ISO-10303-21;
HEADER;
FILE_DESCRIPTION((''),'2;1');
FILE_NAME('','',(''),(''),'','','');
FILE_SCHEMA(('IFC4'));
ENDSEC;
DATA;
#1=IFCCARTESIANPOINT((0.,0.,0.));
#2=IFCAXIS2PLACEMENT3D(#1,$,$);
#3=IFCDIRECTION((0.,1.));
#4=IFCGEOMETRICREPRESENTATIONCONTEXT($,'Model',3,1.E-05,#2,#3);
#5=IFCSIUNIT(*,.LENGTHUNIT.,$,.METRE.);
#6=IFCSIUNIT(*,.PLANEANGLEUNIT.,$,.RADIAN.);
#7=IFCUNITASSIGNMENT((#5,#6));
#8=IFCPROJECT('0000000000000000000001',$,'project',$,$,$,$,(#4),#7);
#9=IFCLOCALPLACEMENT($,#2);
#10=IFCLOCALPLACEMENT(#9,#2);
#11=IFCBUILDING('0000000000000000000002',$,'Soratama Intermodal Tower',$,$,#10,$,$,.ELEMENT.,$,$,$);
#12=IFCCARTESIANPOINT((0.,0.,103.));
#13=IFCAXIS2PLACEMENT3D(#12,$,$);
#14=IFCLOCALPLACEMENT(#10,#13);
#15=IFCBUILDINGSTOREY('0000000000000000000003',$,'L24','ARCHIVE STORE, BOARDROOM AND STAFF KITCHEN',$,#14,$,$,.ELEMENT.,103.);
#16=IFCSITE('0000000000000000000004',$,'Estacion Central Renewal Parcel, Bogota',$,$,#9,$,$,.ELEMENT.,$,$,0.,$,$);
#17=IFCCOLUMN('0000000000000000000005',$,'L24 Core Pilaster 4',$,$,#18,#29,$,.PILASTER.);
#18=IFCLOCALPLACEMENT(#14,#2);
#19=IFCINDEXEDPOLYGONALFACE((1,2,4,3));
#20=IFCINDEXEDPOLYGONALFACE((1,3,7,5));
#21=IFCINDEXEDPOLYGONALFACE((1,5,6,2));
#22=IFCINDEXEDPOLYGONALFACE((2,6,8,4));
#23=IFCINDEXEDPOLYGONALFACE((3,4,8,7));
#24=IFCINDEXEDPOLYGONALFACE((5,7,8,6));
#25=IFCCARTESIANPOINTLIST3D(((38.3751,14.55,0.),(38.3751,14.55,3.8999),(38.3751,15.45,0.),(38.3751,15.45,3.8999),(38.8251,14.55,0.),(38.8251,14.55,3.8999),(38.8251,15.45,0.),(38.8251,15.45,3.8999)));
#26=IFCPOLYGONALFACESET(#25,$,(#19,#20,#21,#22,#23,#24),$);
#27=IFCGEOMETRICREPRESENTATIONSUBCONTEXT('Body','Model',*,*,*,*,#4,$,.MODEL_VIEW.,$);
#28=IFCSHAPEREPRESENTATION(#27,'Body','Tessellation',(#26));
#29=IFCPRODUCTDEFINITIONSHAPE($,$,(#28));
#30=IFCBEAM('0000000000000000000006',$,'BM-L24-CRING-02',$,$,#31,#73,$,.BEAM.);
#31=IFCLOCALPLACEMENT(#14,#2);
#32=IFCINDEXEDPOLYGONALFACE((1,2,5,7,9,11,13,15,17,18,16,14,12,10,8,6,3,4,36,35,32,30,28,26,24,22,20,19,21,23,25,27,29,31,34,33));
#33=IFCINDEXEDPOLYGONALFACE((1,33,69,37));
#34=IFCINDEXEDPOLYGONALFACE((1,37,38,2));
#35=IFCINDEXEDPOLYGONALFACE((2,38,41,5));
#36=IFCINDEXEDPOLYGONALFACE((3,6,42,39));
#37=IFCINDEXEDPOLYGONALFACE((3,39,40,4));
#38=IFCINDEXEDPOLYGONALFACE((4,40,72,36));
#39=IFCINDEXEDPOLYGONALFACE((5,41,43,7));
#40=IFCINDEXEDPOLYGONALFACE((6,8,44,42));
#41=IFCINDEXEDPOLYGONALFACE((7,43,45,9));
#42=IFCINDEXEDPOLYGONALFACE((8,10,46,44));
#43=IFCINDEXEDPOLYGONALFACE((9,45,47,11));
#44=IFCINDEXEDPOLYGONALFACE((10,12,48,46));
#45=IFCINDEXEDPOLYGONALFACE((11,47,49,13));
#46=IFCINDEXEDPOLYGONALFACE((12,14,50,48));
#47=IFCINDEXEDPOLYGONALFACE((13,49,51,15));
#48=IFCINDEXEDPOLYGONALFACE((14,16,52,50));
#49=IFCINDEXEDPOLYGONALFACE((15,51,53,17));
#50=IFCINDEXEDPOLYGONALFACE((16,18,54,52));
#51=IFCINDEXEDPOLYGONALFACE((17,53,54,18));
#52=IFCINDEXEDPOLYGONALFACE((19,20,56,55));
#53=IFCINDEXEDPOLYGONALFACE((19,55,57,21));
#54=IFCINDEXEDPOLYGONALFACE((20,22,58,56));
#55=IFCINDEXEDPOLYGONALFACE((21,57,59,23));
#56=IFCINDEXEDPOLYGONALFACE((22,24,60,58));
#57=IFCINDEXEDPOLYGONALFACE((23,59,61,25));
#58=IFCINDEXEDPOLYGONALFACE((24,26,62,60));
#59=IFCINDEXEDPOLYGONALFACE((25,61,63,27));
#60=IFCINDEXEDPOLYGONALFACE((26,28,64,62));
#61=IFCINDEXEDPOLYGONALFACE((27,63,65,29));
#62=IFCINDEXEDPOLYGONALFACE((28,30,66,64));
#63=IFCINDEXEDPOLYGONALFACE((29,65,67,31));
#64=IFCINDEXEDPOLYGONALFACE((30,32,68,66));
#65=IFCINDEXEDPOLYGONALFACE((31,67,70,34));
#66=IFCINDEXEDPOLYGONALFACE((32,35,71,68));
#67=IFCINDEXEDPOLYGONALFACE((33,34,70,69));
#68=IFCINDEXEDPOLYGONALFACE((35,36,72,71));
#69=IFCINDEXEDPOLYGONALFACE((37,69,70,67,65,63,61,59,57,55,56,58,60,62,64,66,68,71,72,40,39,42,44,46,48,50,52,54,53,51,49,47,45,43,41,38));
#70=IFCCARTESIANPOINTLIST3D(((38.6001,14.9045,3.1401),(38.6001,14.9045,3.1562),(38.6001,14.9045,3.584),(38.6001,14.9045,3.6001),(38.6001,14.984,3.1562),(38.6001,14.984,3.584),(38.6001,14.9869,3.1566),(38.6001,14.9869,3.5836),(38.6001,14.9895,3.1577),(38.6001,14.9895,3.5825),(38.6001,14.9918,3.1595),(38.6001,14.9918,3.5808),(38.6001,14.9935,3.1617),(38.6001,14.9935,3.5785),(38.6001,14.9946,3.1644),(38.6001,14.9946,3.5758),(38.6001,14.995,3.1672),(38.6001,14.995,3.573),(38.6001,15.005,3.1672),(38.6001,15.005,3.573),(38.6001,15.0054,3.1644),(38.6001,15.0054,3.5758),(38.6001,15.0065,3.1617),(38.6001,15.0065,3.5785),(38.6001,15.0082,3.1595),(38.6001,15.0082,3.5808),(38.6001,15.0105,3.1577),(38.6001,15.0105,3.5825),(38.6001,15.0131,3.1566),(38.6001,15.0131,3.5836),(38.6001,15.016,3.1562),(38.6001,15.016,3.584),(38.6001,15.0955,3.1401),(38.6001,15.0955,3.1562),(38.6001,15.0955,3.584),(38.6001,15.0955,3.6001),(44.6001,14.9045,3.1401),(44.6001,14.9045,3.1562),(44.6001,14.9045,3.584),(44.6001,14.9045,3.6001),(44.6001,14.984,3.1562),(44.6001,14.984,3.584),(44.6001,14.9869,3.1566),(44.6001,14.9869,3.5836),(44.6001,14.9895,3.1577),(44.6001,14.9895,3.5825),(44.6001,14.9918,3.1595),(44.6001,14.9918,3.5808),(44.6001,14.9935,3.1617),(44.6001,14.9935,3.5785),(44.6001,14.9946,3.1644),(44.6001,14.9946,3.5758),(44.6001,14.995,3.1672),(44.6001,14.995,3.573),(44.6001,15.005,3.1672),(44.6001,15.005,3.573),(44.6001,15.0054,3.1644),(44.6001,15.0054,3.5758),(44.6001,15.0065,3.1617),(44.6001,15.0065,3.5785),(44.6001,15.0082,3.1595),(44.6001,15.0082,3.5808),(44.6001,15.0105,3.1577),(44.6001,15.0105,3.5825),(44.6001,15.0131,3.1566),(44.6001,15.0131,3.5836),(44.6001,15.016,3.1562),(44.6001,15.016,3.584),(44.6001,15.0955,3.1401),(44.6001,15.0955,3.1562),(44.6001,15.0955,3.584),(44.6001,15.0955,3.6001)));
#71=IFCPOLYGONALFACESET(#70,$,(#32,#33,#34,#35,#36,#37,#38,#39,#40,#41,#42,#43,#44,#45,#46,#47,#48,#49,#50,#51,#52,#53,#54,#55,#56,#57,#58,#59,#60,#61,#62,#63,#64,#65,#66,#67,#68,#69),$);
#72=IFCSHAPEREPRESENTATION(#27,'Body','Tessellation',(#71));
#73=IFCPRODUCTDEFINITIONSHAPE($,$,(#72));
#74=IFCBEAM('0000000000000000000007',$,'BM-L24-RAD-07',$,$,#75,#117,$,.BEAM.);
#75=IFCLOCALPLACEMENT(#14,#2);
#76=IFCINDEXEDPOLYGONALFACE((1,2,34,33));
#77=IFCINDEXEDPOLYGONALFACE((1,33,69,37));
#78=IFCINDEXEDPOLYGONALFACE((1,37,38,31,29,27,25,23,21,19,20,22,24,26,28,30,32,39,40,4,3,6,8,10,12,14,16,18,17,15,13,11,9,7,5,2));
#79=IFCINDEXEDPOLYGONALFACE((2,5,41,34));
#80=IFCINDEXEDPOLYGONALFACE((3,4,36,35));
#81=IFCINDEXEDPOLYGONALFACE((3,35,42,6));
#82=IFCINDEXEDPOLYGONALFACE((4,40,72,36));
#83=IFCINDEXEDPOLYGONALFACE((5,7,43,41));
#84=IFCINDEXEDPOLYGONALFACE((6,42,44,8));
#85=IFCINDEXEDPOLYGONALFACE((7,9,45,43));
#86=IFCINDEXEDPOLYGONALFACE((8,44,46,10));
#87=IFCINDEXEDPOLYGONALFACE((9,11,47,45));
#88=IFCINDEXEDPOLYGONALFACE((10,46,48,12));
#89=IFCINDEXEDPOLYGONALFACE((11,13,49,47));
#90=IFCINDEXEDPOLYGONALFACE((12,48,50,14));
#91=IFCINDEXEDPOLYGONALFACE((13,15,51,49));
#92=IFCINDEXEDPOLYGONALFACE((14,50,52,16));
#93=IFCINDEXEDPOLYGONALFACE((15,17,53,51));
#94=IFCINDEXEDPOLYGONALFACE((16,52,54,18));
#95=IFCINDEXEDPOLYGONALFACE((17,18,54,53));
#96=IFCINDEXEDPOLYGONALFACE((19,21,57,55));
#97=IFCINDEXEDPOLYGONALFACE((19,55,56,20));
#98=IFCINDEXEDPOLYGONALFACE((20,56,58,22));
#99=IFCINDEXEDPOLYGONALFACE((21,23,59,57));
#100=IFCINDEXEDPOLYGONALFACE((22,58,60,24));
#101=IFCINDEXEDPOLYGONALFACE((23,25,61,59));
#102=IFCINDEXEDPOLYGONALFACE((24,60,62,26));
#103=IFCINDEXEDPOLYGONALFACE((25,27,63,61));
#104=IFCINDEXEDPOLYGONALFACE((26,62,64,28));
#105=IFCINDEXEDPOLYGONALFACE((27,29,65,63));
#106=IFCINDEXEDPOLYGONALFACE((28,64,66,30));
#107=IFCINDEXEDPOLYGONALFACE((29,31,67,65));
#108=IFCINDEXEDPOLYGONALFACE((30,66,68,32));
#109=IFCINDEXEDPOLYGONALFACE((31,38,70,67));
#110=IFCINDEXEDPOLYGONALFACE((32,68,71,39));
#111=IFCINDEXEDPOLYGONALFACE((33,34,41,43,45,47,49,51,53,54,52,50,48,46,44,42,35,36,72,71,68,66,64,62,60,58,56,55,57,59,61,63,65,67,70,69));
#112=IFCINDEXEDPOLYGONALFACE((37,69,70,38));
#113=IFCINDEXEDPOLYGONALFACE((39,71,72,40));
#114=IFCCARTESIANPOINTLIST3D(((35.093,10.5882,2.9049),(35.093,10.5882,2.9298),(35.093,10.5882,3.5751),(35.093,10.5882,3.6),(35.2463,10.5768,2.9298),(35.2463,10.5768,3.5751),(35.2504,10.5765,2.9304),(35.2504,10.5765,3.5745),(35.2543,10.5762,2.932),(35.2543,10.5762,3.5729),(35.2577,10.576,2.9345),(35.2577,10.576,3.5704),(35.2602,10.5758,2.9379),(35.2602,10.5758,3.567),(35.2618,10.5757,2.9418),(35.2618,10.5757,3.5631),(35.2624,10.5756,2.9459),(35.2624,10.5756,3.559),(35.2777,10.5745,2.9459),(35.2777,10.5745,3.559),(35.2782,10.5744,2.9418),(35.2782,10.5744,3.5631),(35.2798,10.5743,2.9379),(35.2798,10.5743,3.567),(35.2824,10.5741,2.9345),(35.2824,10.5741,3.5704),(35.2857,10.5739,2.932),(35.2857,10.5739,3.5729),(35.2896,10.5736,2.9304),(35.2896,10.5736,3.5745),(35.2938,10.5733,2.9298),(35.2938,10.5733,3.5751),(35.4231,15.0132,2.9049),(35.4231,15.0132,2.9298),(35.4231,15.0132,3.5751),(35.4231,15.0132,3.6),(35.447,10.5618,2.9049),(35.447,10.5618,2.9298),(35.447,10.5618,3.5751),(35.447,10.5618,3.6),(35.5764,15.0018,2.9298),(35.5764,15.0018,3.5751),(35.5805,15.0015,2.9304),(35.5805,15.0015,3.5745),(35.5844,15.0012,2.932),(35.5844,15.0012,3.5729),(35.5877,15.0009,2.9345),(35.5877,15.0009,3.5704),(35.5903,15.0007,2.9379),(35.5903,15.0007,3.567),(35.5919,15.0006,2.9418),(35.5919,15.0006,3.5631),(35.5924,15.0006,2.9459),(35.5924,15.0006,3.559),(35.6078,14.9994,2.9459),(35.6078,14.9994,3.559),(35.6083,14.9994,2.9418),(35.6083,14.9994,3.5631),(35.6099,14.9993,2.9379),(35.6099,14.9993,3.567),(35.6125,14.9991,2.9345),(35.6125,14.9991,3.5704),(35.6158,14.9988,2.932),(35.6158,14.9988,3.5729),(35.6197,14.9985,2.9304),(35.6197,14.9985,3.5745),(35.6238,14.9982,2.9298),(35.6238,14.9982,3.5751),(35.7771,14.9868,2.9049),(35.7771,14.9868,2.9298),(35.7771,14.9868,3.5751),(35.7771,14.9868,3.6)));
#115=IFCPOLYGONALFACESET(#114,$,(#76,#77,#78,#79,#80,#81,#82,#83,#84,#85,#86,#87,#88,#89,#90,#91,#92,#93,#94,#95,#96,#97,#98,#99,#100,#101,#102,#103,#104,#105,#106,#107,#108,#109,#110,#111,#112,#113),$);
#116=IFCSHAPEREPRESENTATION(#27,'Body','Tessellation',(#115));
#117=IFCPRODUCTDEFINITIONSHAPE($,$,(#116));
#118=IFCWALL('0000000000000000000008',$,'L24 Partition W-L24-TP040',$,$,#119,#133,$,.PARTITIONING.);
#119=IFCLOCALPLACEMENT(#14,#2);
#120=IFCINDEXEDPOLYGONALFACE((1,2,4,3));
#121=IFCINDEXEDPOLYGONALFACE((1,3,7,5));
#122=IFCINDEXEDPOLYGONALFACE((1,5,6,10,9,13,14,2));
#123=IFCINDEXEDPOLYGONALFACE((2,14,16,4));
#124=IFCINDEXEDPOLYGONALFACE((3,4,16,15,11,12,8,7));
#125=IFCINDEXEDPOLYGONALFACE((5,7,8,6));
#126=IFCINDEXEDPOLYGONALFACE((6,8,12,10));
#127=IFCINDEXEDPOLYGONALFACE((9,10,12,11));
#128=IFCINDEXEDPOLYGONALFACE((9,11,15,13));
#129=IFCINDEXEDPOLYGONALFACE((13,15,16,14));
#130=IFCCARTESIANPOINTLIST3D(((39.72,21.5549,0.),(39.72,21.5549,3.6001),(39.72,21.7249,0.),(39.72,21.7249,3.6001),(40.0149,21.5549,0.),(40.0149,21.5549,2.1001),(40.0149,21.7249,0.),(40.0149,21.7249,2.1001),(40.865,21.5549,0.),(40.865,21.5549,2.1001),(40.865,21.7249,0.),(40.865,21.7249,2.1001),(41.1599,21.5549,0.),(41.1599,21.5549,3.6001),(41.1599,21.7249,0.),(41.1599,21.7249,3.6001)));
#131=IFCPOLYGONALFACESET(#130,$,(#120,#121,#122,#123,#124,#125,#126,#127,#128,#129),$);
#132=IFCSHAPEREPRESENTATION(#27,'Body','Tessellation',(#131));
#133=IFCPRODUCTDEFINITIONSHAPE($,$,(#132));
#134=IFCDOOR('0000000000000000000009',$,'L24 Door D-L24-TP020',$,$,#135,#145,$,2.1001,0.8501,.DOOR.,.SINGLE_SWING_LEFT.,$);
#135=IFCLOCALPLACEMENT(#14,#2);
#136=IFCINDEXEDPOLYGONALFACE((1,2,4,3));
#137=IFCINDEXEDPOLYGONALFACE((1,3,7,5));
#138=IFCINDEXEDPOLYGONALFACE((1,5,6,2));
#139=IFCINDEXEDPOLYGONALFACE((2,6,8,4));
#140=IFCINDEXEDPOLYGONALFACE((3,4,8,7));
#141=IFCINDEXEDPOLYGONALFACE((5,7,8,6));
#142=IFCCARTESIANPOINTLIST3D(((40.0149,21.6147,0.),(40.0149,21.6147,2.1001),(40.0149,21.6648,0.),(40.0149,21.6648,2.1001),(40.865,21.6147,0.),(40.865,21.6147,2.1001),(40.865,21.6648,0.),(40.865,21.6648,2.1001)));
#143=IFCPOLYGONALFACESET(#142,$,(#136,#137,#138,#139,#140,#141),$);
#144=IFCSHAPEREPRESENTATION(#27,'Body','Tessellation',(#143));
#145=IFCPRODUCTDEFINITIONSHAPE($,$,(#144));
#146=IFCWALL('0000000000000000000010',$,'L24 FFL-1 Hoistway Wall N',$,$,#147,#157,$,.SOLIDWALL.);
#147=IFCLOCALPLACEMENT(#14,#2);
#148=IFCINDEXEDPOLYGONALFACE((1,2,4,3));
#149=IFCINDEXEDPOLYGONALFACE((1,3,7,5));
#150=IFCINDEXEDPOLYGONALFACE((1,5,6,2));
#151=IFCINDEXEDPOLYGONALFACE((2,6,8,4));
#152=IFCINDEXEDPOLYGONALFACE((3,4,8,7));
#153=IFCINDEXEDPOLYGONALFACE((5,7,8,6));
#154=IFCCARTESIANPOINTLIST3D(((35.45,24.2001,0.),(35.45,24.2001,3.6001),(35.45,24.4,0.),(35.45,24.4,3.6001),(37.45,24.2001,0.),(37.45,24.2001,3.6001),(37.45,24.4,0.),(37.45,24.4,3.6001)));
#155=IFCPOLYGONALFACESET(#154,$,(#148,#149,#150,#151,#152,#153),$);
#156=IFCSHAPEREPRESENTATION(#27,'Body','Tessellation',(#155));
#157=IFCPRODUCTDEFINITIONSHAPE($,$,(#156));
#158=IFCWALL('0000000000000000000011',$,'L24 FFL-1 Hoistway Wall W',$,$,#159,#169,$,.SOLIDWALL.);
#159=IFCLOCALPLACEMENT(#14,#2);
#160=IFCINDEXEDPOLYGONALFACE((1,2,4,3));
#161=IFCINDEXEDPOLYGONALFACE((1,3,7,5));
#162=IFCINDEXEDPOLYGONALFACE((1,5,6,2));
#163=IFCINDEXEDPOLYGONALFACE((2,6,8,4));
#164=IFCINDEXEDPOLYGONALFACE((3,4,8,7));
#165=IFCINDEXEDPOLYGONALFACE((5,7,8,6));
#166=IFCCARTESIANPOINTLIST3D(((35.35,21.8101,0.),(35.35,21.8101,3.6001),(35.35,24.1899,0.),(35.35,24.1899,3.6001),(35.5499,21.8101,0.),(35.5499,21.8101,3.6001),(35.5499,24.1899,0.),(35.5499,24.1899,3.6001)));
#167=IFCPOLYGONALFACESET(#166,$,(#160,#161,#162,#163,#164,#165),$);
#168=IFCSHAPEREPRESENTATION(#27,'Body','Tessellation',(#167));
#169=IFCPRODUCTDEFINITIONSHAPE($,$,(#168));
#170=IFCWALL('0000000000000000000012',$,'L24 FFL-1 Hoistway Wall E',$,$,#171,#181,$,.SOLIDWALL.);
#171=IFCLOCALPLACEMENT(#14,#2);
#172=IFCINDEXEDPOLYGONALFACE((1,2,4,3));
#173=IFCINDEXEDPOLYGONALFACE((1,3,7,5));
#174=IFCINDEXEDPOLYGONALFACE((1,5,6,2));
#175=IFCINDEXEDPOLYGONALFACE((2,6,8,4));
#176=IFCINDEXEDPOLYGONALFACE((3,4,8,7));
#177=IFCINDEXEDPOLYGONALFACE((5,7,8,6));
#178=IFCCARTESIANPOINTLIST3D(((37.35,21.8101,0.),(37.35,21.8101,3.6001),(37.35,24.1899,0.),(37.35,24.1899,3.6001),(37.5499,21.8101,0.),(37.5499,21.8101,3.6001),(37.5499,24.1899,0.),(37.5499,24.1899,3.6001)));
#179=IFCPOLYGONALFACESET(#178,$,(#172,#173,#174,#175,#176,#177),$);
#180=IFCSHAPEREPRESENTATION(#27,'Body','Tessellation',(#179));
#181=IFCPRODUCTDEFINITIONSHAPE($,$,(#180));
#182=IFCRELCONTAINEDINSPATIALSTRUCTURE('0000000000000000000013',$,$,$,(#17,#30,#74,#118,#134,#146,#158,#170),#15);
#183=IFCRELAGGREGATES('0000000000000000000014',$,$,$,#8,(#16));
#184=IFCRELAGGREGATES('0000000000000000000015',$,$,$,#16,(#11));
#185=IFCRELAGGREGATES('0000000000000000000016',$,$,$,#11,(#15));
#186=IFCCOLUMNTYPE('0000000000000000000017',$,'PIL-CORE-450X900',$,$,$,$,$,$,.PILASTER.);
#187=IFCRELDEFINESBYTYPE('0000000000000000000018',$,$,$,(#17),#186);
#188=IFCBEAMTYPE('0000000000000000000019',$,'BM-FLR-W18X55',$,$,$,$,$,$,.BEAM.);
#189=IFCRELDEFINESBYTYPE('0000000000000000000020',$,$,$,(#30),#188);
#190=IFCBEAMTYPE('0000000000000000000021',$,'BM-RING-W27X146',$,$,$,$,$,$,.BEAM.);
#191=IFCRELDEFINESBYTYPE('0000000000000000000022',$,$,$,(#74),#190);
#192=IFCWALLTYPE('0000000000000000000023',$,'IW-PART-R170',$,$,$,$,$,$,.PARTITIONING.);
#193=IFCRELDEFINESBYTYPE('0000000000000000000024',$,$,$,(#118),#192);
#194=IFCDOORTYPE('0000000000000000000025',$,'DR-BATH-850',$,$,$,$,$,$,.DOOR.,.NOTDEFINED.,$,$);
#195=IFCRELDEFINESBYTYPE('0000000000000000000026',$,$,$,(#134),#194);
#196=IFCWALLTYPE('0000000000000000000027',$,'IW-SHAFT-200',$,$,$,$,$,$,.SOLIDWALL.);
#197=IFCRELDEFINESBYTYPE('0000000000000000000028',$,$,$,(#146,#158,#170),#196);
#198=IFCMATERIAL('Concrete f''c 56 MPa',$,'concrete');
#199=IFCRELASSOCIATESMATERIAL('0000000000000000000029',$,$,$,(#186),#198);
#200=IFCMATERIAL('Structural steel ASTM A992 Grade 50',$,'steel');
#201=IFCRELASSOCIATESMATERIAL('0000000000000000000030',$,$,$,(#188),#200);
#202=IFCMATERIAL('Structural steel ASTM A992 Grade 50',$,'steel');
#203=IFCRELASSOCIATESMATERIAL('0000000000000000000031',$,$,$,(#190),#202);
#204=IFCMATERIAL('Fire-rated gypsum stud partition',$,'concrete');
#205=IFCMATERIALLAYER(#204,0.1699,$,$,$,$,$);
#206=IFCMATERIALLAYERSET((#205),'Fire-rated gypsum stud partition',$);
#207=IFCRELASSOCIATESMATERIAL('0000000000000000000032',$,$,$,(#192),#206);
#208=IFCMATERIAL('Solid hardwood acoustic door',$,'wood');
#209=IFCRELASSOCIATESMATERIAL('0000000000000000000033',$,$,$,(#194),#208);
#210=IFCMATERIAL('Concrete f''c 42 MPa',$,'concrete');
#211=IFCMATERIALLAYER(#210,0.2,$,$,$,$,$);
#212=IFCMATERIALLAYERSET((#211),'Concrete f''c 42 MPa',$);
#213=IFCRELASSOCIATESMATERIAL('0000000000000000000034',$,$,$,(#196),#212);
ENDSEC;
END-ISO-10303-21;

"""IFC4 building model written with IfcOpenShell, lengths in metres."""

from ifc_helpers import new_model, si_unit, direction, frame, frame_2d, origin, origin_2d, place, context, subcontext, project, spatial, rectangle, i_section, extrude, material, layer, layer_set, material_profile, profile_set, type_object, element, fill, save


model = new_model("IFC4")

# Units and contexts
model_context = context("Model", 3, precision=1e-05, world=origin(), true_north=direction((0.0, 1.0)))
body_context = subcontext(model_context, "Body", "Model", "MODEL_VIEW")
ifc_project = project(units=[si_unit("LENGTHUNIT", "METRE"), si_unit("PLANEANGLEUNIT", "RADIAN")], contexts=[model_context])

# Site, building, storey
site_placement = place(None, origin())
site = spatial("IfcSite", under=ifc_project, at=site_placement, Name="Estacion Central Renewal Parcel, Bogota", CompositionType="ELEMENT", RefElevation=0.0)
building_placement = place(site_placement, origin())
building = spatial("IfcBuilding", under=site, at=building_placement, Name="Soratama Intermodal Tower", CompositionType="ELEMENT")
storey_placement = place(building_placement, frame((0.0, 0.0, 103.0)))
storey = spatial("IfcBuildingStorey", under=building, at=storey_placement, Name="L24", Description="ARCHIVE STORE, BOARDROOM AND STAFF KITCHEN", CompositionType="ELEMENT", Elevation=103.0)

# Column
ifc_material_1 = material(Name="Concrete f'c 56 MPa", Category="concrete")
ifc_material_profile_1 = material_profile(ifc_material_1, rectangle(XDim=0.45, YDim=0.8999, at=origin_2d()), Name="RC450X900")
ifc_profile_set_1 = profile_set([ifc_material_profile_1], Name="Concrete f'c 56 MPa")
column_type = type_object("IfcColumnType", Name="PIL-CORE-450X900", PredefinedType="PILASTER", material=ifc_profile_set_1)
column_placement = place(storey_placement, frame((38.6001, 15.0, 0.0), z_axis=(0.0, 0.0, 1.0), x_axis=(1.0, 0.0, 0.0)))
element("IfcColumn", 1, at=column_placement, inside=storey, type_object=column_type, Name="L24 Core Pilaster 4", PredefinedType="PILASTER", context=body_context, shape_type="SweptSolid", body=[
    extrude(rectangle(XDim=0.45, YDim=0.8999, at=origin_2d()), origin(), (0.0, 0.0, 1.0), 3.8999),
])

# Beams
ifc_material_2 = material(Name="Structural steel ASTM A992 Grade 50", Category="steel")
ifc_material_profile_2 = material_profile(ifc_material_2, i_section(OverallWidth=0.1909, OverallDepth=0.46, WebThickness=0.01, FlangeThickness=0.0161, FilletRadius=0.011, at=origin_2d()), Name="W18X55")
ifc_profile_set_2 = profile_set([ifc_material_profile_2], Name="Structural steel ASTM A992 Grade 50")
beam_type_1 = type_object("IfcBeamType", Name="BM-FLR-W18X55", PredefinedType="BEAM", material=ifc_profile_set_2)
beam_1_placement = place(storey_placement, frame((38.6001, 15.0, 3.3701), z_axis=(1.0, 0.0, 0.0), x_axis=(0.0, 1.0, 0.0)))
element("IfcBeam", 2, at=beam_1_placement, inside=storey, type_object=beam_type_1, Name="BM-L24-CRING-02", PredefinedType="BEAM", context=body_context, shape_type="SweptSolid", body=[
    extrude(i_section(OverallWidth=0.1909, OverallDepth=0.46, WebThickness=0.01, FlangeThickness=0.0161, FilletRadius=0.011, at=origin_2d()), origin(), (0.0, 0.0, 1.0), 6.0),
])
ifc_material_3 = material(Name="Structural steel ASTM A992 Grade 50", Category="steel")
ifc_material_profile_3 = material_profile(ifc_material_3, i_section(OverallWidth=0.355, OverallDepth=0.6951, WebThickness=0.0154, FlangeThickness=0.0249, FilletRadius=0.0161, at=origin_2d()), Name="W27X146")
ifc_profile_set_3 = profile_set([ifc_material_profile_3], Name="Structural steel ASTM A992 Grade 50")
beam_type_2 = type_object("IfcBeamType", Name="BM-RING-W27X146", PredefinedType="BEAM", material=ifc_profile_set_3)
beam_2_placement = place(storey_placement, frame((35.6001, 15.0, 3.2524), z_axis=(-0.074386, -0.997229, 0.0), x_axis=(0.997229, -0.074386, 0.0)))
element("IfcBeam", 3, at=beam_2_placement, inside=storey, type_object=beam_type_2, Name="BM-L24-RAD-07", PredefinedType="BEAM", context=body_context, shape_type="SweptSolid", body=[
    extrude(i_section(OverallWidth=0.355, OverallDepth=0.6951, WebThickness=0.0154, FlangeThickness=0.0249, FilletRadius=0.0161, at=origin_2d()), origin(), (0.0, 0.0, 1.0), 4.4373),
])

# Wall, opening, door
ifc_material_4 = material(Name="Fire-rated gypsum stud partition", Category="concrete")
ifc_layer_1 = layer(ifc_material_4, 0.1699)
ifc_layer_set_1 = layer_set([ifc_layer_1], Name="Fire-rated gypsum stud partition")
wall_type_1 = type_object("IfcWallType", Name="IW-PART-R170", PredefinedType="PARTITIONING", material=ifc_layer_set_1)
wall_1_placement = place(storey_placement, frame((39.72, 21.6399, 0.0), z_axis=(0.0, 0.0, 1.0), x_axis=(1.0, 0.0, 0.0)))
wall_1 = element("IfcWall", 4, at=wall_1_placement, inside=storey, type_object=wall_type_1, Name="L24 Partition W-L24-TP040", PredefinedType="PARTITIONING", context=body_context, shape_type="SweptSolid", body=[
    extrude(rectangle(XDim=1.4399, YDim=0.1699, at=frame_2d((0.72, 0.0))), origin(), (0.0, 0.0, 1.0), 3.6001),
])
opening_1_placement = place(wall_1_placement, frame((0.2949, 0.0, 0.0)))
opening_1 = element("IfcOpeningElement", 5, at=opening_1_placement, cuts=wall_1, PredefinedType="OPENING", context=body_context, shape_type="SweptSolid", body=[
    extrude(rectangle(XDim=0.8501, YDim=2.1001, at=frame_2d((0.425, 1.05))), frame((0.0, 0.095, 0.0), z_axis=(0.0, -1.0, 0.0), x_axis=(1.0, 0.0, 0.0)), (0.0, 0.0, 1.0), 0.1899),
])
ifc_material_5 = material(Name="Solid hardwood acoustic door", Category="wood")
door_type_1 = type_object("IfcDoorType", Name="DR-BATH-850", OperationType="NOTDEFINED", PredefinedType="DOOR", material=ifc_material_5)
door_1_placement = place(opening_1_placement, origin())
door_1 = element("IfcDoor", 6, at=door_1_placement, inside=storey, type_object=door_type_1, Name="L24 Door D-L24-TP020", OperationType="SINGLE_SWING_LEFT", OverallHeight=2.1001, OverallWidth=0.8501, PredefinedType="DOOR", context=body_context, shape_type="SweptSolid", body=[
    extrude(rectangle(XDim=0.8501, YDim=2.1001, at=frame_2d((0.425, 1.05))), frame((0.0, 0.0249, 0.0), z_axis=(0.0, -1.0, 0.0), x_axis=(1.0, 0.0, 0.0)), (0.0, 0.0, 1.0), 0.05),
])
fill(opening_1, door_1)
ifc_material_6 = material(Name="Concrete f'c 42 MPa", Category="concrete")
ifc_layer_2 = layer(ifc_material_6, 0.2)
ifc_layer_set_2 = layer_set([ifc_layer_2], Name="Concrete f'c 42 MPa")
wall_type_2 = type_object("IfcWallType", Name="IW-SHAFT-200", PredefinedType="SOLIDWALL", material=ifc_layer_set_2)

# Walls
wall_2_placement = place(storey_placement, frame((35.45, 24.3, 0.0), z_axis=(0.0, 0.0, 1.0), x_axis=(1.0, 0.0, 0.0)))
element("IfcWall", 7, at=wall_2_placement, inside=storey, type_object=wall_type_2, Name="L24 FFL-1 Hoistway Wall N", PredefinedType="SOLIDWALL", context=body_context, shape_type="SweptSolid", body=[
    extrude(rectangle(XDim=2.0, YDim=0.2, at=frame_2d((1.0, 0.0))), origin(), (0.0, 0.0, 1.0), 3.6001),
])
for number, where, z_axis, x_axis, name in (
    (8, (35.45, 21.8101, 0.0), (0.0, 0.0, 1.0), (0.0, 1.0, 0.0), "L24 FFL-1 Hoistway Wall W"),
    (9, (37.45, 21.8101, 0.0), (0.0, 0.0, 1.0), (0.0, 1.0, 0.0), "L24 FFL-1 Hoistway Wall E"),
):
    element("IfcWall", number, at=place(storey_placement, frame(where, z_axis=z_axis, x_axis=x_axis)), inside=storey, type_object=wall_type_2, Name=name, PredefinedType="SOLIDWALL", context=body_context, shape_type="SweptSolid", body=[
        extrude(rectangle(XDim=2.3799, YDim=0.2, at=frame_2d((1.1899, 0.0))), origin(), (0.0, 0.0, 1.0), 3.6001),
    ])

save(model, "model.ifc")
